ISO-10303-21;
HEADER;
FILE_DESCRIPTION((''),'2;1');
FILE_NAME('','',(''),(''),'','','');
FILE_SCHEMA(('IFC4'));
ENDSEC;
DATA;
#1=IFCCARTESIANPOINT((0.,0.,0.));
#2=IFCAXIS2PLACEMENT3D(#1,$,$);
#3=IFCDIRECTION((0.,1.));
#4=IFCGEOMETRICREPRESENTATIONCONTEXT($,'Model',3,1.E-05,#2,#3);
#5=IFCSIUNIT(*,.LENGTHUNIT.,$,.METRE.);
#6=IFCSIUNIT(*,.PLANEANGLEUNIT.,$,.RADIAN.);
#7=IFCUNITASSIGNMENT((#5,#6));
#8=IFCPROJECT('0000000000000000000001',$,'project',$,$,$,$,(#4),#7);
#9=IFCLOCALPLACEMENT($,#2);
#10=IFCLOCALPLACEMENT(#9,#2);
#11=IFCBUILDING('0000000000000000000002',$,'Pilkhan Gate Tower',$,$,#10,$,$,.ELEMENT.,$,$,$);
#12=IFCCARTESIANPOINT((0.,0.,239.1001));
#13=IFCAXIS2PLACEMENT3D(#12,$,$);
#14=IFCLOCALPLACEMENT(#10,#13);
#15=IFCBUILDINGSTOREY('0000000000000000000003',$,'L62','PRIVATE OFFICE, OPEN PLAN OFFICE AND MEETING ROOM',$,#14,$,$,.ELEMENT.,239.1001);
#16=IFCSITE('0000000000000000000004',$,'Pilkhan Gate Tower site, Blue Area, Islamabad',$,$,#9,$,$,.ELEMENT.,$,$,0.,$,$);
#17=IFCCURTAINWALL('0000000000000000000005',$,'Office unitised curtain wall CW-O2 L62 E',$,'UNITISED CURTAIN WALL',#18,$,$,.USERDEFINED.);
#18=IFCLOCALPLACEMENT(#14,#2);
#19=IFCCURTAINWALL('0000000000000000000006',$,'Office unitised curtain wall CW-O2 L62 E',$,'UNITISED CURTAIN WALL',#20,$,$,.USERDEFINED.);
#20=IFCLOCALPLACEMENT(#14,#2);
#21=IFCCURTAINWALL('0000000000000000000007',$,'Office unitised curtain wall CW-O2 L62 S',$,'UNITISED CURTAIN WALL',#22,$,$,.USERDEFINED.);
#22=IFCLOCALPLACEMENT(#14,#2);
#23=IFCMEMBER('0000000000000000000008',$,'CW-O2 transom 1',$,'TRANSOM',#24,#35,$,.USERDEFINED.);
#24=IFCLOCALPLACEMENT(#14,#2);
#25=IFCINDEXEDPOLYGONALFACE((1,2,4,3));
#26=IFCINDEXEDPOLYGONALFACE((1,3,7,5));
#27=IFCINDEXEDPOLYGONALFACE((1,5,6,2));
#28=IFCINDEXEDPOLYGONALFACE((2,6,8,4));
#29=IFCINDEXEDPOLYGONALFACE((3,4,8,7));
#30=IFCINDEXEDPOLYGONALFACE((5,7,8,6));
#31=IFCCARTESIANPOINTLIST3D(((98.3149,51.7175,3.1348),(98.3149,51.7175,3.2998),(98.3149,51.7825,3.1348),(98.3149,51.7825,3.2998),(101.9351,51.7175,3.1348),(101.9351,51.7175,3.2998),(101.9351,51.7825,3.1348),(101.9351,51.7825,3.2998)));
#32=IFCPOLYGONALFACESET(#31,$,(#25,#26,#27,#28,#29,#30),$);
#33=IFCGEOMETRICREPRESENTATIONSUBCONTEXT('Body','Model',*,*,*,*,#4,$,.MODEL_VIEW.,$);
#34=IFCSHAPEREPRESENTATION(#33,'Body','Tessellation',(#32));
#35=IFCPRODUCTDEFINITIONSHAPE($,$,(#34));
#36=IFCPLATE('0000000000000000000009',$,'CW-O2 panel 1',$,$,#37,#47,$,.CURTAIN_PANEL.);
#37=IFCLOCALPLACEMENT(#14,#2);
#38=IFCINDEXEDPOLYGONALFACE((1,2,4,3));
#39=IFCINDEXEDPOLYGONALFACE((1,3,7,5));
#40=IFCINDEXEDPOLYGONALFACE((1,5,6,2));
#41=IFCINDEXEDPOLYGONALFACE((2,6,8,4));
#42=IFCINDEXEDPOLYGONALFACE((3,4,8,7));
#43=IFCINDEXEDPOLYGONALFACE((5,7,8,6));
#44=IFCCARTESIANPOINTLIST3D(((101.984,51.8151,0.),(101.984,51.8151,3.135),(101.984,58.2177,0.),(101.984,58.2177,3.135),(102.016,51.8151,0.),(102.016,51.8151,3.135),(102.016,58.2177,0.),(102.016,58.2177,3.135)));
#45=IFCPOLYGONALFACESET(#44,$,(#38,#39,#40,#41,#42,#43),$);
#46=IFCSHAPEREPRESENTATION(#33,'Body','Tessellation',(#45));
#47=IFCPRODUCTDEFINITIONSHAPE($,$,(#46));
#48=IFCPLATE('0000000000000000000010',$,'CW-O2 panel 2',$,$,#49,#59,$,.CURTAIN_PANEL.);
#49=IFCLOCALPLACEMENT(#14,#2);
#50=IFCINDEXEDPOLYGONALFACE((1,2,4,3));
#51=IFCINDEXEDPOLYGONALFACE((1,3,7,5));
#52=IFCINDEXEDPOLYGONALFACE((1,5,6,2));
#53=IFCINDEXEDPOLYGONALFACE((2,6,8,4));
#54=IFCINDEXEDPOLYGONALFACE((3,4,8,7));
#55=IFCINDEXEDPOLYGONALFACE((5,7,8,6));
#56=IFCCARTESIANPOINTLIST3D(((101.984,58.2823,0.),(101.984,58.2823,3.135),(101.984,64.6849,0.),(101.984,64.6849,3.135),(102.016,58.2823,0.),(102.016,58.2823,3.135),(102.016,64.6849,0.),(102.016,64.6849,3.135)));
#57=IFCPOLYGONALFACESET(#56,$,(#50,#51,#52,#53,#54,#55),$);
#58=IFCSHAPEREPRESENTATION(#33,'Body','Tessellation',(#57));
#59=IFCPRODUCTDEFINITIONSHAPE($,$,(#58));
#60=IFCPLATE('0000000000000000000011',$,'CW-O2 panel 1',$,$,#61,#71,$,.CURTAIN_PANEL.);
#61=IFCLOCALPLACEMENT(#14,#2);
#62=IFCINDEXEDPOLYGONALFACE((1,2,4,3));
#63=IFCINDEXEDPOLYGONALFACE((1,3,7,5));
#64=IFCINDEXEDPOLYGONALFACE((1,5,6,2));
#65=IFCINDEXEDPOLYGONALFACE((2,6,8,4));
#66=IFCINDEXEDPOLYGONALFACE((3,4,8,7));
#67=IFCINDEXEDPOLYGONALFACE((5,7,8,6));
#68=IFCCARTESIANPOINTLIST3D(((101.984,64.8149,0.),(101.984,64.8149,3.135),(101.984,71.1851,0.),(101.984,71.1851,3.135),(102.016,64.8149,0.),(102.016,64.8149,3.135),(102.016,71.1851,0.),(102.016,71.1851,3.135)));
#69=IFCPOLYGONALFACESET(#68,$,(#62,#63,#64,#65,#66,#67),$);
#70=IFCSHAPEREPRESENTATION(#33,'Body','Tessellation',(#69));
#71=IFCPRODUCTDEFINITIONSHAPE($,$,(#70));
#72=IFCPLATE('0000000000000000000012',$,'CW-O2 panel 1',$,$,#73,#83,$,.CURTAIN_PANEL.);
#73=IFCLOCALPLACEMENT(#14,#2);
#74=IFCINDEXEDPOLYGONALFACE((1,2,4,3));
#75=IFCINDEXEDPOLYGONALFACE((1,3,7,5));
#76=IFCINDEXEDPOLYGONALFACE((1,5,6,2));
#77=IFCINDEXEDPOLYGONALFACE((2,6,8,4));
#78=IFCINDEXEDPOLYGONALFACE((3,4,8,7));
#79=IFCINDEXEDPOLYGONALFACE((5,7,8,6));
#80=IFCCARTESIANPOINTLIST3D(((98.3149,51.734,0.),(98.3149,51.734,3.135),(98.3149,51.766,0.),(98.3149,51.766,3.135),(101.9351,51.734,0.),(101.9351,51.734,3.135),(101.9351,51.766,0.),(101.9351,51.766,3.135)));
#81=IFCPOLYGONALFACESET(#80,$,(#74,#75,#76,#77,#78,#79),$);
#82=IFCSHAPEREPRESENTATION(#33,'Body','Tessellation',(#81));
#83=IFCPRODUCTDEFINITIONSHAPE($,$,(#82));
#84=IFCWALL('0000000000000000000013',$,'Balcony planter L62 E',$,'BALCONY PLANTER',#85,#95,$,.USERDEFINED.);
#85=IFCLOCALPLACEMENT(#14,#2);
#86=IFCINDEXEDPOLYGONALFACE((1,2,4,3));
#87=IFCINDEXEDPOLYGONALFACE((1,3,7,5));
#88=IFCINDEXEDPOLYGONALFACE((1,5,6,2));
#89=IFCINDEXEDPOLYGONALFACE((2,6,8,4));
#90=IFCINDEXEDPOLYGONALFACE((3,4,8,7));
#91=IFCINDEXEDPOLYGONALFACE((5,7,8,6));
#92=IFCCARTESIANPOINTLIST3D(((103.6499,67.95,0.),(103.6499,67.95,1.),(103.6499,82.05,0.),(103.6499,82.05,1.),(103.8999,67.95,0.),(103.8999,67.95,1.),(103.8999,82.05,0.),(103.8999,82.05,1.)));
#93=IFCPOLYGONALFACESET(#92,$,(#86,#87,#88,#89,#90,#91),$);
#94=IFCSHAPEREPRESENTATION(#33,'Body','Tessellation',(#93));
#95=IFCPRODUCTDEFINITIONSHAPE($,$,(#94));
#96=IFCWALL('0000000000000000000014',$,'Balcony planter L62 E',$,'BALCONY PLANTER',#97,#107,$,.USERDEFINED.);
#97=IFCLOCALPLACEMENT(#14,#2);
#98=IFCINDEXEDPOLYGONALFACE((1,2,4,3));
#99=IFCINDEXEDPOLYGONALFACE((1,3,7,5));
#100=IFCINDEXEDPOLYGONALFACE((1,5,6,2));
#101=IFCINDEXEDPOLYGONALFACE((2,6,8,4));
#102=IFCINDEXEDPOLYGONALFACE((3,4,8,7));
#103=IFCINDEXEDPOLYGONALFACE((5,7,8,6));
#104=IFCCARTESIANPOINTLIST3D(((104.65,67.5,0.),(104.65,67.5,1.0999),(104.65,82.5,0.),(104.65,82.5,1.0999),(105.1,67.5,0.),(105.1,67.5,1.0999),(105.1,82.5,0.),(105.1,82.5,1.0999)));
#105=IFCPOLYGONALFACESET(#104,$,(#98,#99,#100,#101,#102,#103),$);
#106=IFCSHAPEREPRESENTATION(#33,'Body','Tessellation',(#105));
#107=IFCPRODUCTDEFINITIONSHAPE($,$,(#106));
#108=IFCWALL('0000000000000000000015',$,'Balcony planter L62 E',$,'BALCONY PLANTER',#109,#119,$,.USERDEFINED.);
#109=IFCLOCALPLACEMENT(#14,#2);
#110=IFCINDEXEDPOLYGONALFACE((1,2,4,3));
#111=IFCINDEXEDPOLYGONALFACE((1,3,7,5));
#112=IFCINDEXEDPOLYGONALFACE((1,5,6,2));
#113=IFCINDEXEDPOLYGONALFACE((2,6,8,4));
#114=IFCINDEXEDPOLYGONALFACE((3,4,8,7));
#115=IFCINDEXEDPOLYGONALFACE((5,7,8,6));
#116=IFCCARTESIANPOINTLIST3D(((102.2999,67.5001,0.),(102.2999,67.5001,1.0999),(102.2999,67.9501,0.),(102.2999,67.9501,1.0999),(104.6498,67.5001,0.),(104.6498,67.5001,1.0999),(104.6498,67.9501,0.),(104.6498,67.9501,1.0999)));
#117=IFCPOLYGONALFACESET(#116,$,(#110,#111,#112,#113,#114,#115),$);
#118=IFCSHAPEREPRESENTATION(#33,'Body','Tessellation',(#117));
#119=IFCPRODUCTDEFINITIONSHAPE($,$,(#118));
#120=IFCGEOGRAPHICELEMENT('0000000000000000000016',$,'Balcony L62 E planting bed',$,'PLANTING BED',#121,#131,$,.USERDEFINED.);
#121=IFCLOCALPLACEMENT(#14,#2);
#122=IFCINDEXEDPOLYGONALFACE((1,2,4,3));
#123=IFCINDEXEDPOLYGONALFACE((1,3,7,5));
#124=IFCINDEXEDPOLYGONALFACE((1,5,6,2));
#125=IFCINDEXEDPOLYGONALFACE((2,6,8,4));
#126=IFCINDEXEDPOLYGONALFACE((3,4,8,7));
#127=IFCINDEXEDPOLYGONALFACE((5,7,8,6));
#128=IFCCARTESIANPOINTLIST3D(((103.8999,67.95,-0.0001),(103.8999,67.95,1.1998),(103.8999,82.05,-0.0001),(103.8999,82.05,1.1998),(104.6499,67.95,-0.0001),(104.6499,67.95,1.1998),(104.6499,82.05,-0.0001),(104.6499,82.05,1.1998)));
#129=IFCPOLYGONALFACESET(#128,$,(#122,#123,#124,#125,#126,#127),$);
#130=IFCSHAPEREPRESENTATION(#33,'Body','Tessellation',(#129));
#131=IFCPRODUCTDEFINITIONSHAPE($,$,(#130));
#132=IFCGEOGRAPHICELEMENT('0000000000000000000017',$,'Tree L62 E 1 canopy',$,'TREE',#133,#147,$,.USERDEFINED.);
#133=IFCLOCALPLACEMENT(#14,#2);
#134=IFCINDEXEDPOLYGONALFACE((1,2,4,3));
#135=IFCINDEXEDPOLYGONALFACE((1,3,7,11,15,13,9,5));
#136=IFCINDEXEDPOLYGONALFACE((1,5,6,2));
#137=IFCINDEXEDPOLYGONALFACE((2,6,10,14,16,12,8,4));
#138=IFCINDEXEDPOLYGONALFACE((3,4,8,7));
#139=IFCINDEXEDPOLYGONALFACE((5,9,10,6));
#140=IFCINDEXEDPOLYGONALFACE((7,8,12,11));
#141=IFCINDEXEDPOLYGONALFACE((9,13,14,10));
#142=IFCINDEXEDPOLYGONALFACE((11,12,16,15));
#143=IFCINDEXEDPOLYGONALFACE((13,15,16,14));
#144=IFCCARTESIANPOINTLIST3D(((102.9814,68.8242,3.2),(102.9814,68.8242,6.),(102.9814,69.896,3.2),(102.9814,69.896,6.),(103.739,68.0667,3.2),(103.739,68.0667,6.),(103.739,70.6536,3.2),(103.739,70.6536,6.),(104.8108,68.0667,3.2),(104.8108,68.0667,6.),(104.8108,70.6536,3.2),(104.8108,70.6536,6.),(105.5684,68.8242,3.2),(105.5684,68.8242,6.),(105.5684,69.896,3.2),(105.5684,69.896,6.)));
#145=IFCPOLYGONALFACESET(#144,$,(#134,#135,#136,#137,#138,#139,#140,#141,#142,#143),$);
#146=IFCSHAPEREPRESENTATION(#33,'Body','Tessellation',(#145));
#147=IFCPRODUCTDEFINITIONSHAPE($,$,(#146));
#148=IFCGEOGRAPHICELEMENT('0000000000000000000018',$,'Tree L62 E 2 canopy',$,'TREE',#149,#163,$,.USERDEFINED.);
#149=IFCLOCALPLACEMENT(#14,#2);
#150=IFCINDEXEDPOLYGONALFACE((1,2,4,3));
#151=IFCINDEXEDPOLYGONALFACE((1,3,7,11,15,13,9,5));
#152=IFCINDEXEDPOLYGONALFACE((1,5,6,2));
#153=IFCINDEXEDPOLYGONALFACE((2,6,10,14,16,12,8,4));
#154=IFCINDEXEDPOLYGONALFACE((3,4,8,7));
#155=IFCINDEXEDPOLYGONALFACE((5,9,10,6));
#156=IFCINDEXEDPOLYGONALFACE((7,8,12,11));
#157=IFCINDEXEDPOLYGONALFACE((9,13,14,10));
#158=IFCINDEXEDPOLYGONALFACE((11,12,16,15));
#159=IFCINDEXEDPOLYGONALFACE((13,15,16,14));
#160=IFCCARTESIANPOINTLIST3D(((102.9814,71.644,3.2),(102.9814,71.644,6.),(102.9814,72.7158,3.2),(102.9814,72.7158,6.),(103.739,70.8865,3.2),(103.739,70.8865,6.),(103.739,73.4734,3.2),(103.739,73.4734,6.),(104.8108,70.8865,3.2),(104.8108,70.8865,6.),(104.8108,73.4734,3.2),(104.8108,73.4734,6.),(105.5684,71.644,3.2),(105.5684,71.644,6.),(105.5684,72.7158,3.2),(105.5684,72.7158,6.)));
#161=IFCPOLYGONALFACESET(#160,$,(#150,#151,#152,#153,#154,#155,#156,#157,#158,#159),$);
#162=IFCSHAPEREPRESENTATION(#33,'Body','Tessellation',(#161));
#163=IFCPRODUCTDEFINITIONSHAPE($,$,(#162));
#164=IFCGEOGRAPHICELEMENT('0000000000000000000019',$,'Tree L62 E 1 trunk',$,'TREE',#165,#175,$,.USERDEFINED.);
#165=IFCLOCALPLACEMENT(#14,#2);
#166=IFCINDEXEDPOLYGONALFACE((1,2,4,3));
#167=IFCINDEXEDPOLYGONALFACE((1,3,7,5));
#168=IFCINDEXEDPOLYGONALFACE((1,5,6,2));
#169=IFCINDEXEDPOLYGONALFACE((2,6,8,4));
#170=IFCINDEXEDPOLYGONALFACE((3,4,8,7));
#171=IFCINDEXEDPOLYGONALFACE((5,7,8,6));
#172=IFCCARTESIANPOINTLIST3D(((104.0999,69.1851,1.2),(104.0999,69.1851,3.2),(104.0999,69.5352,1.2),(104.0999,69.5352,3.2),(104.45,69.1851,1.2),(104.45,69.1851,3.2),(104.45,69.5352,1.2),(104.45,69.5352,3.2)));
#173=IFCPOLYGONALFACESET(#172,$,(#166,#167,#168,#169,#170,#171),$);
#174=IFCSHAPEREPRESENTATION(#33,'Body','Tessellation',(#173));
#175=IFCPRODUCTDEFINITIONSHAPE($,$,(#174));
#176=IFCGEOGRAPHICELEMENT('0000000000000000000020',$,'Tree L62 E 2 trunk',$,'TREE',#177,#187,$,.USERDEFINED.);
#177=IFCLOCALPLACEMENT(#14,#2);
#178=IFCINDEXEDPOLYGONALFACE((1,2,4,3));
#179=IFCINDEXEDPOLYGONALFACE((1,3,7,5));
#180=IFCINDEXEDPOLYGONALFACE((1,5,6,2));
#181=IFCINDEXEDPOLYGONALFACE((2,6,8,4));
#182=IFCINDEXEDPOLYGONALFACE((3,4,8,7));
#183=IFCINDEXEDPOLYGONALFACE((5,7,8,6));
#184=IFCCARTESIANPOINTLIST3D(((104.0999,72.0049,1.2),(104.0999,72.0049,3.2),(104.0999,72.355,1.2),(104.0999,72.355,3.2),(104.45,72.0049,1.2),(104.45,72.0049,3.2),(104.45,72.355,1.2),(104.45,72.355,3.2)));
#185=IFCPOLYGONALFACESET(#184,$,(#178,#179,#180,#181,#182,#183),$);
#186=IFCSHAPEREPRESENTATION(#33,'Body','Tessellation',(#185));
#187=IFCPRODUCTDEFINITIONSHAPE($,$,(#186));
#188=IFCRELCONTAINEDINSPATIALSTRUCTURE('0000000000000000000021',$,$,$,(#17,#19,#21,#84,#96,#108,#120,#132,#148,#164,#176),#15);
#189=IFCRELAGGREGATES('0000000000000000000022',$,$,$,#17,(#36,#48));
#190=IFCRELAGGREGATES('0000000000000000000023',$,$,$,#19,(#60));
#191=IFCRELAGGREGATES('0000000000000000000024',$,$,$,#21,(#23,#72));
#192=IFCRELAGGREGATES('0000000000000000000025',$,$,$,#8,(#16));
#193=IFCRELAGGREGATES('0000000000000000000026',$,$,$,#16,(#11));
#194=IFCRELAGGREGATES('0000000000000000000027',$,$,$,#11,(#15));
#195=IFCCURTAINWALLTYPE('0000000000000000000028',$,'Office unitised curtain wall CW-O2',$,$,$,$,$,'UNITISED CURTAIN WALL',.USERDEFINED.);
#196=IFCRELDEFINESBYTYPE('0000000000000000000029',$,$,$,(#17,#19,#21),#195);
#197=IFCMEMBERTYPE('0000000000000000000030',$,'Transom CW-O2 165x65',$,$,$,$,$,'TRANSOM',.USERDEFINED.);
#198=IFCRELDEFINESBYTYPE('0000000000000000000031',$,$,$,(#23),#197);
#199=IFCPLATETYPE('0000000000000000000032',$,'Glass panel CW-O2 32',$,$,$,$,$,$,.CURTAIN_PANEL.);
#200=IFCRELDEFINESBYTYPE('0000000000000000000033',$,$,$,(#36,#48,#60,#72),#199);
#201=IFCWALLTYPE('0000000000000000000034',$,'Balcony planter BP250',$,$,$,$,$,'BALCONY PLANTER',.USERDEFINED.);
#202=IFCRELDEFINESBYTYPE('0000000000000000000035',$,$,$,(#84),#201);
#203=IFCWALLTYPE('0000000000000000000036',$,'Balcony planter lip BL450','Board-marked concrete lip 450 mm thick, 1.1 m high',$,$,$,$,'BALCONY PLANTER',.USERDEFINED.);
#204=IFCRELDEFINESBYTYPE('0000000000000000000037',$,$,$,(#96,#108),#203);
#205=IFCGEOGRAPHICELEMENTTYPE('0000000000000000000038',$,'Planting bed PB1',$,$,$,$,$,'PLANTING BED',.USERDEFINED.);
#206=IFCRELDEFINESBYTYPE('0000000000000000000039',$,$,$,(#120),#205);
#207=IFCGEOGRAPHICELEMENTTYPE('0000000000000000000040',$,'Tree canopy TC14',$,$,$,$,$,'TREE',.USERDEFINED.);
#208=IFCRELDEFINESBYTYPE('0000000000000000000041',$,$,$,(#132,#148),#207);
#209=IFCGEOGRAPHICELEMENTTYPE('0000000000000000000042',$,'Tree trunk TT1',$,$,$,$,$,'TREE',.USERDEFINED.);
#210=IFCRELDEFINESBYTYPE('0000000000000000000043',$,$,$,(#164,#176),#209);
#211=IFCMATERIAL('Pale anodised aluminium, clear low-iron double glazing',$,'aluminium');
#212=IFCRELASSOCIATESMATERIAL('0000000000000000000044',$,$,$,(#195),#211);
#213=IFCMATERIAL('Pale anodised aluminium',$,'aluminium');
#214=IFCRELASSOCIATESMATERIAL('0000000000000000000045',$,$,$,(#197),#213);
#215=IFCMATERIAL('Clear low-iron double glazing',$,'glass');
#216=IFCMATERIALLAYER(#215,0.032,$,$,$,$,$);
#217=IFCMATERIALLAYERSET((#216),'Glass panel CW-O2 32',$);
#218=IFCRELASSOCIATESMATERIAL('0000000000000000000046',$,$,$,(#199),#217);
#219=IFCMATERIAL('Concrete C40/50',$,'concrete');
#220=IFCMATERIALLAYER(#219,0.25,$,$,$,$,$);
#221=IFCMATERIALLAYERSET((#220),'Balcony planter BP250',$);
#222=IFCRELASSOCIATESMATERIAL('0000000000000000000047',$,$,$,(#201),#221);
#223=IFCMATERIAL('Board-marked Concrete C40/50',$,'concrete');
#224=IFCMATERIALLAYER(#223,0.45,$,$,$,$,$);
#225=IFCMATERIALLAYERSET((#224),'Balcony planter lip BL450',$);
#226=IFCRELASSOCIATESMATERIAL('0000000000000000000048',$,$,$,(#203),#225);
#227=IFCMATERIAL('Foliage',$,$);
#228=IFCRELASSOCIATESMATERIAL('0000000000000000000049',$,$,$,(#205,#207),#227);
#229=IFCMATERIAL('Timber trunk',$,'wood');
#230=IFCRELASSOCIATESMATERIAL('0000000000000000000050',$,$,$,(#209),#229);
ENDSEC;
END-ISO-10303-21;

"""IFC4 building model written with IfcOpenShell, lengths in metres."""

from ifc_helpers import new_model, si_unit, direction, frame, frame_2d, origin, origin_2d, place, context, subcontext, project, spatial, polyline, rectangle, outline, extrude, material, layer, layer_set, material_profile, profile_set, type_object, element, aggregate, save


model = new_model("IFC4")

# Units and contexts
model_context = context("Model", 3, precision=1e-05, world=origin(), true_north=direction((0.0, 1.0)))
body_context = subcontext(model_context, "Body", "Model", "MODEL_VIEW")
ifc_project = project(units=[si_unit("LENGTHUNIT", "METRE"), si_unit("PLANEANGLEUNIT", "RADIAN")], contexts=[model_context])

# Site, building, storey
site_placement = place(None, origin())
site = spatial("IfcSite", under=ifc_project, at=site_placement, Name="Pilkhan Gate Tower site, Blue Area, Islamabad", CompositionType="ELEMENT", RefElevation=0.0)
building_placement = place(site_placement, origin())
building = spatial("IfcBuilding", under=site, at=building_placement, Name="Pilkhan Gate Tower", CompositionType="ELEMENT")
storey_placement = place(building_placement, frame((0.0, 0.0, 239.1001)))
storey = spatial("IfcBuildingStorey", under=building, at=storey_placement, Name="L62", Description="PRIVATE OFFICE, OPEN PLAN OFFICE AND MEETING ROOM", CompositionType="ELEMENT", Elevation=239.1001)

# Curtain walls
ifc_material_1 = material(Name="Pale anodised aluminium, clear low-iron double glazing", Category="aluminium")
curtain_wall_type = type_object("IfcCurtainWallType", Name="Office unitised curtain wall CW-O2", ElementType="UNITISED CURTAIN WALL", PredefinedType="USERDEFINED", material=ifc_material_1)
curtain_wall_1_placement = place(storey_placement, origin())
curtain_wall_1 = element("IfcCurtainWall", 1, at=curtain_wall_1_placement, inside=storey, type_object=curtain_wall_type, Name="Office unitised curtain wall CW-O2 L62 E", ObjectType="UNITISED CURTAIN WALL", PredefinedType="USERDEFINED")
ifc_material_2 = material(Name="Pale anodised aluminium", Category="aluminium")
curtain_wall_2_placement = place(storey_placement, origin())
curtain_wall_2 = element("IfcCurtainWall", 2, at=curtain_wall_2_placement, inside=storey, type_object=curtain_wall_type, Name="Office unitised curtain wall CW-O2 L62 E", ObjectType="UNITISED CURTAIN WALL", PredefinedType="USERDEFINED")

# Curtain wall
curtain_wall_3_placement = place(storey_placement, origin())
curtain_wall_3 = element("IfcCurtainWall", 3, at=curtain_wall_3_placement, inside=storey, type_object=curtain_wall_type, Name="Office unitised curtain wall CW-O2 L62 S", ObjectType="UNITISED CURTAIN WALL", PredefinedType="USERDEFINED")

# Member
ifc_material_profile_1 = material_profile(ifc_material_2, rectangle(XDim=0.0649, YDim=0.165, at=origin_2d()), Name="Transom 165x65")
ifc_profile_set_1 = profile_set([ifc_material_profile_1], Name="Pale anodised aluminium")
member_type_1 = type_object("IfcMemberType", Name="Transom CW-O2 165x65", ElementType="TRANSOM", PredefinedType="USERDEFINED", material=ifc_profile_set_1)
member_1_placement = place(storey_placement, frame((98.3149, 51.75, 3.2173), z_axis=(1.0, 0.0, 0.0), x_axis=(0.0, 1.0, 0.0)))
member_1 = element("IfcMember", 4, at=member_1_placement, type_object=member_type_1, Name="CW-O2 transom 1", ObjectType="TRANSOM", PredefinedType="USERDEFINED", context=body_context, shape_type="SweptSolid", body=[
    extrude(rectangle(XDim=0.0649, YDim=0.165, at=origin_2d()), origin(), (0.0, 0.0, 1.0), 3.6201),
])

# Plates
ifc_material_3 = material(Name="Clear low-iron double glazing", Category="glass")
ifc_layer_1 = layer(ifc_material_3, 0.032)
ifc_layer_set_1 = layer_set([ifc_layer_1], Name="Glass panel CW-O2 32")
plate_type = type_object("IfcPlateType", Name="Glass panel CW-O2 32", PredefinedType="CURTAIN_PANEL", material=ifc_layer_set_1)
plate_1_placement = place(storey_placement, frame((102.0, 55.0164, 0.0), z_axis=(0.0, 0.0, 1.0), x_axis=(0.0, 1.0, 0.0)))
plate_1 = element("IfcPlate", 5, at=plate_1_placement, type_object=plate_type, Name="CW-O2 panel 1", PredefinedType="CURTAIN_PANEL", context=body_context, shape_type="SweptSolid", body=[
    extrude(rectangle(XDim=6.4026, YDim=0.032, at=origin_2d()), origin(), (0.0, 0.0, 1.0), 3.135),
])
plate_2_placement = place(storey_placement, frame((102.0, 61.4836, 0.0), z_axis=(0.0, 0.0, 1.0), x_axis=(0.0, 1.0, 0.0)))
plate_2 = element("IfcPlate", 6, at=plate_2_placement, type_object=plate_type, Name="CW-O2 panel 2", PredefinedType="CURTAIN_PANEL", context=body_context, shape_type="SweptSolid", body=[
    extrude(rectangle(XDim=6.4026, YDim=0.032, at=origin_2d()), origin(), (0.0, 0.0, 1.0), 3.135),
])
aggregate(curtain_wall_1, [plate_1, plate_2])
plate_3_placement = place(storey_placement, frame((102.0, 68.0, 0.0), z_axis=(0.0, 0.0, 1.0), x_axis=(0.0, 1.0, 0.0)))
plate_3 = element("IfcPlate", 7, at=plate_3_placement, type_object=plate_type, Name="CW-O2 panel 1", PredefinedType="CURTAIN_PANEL", context=body_context, shape_type="SweptSolid", body=[
    extrude(rectangle(XDim=6.3701, YDim=0.032, at=origin_2d()), origin(), (0.0, 0.0, 1.0), 3.135),
])
aggregate(curtain_wall_2, [plate_3])
plate_4_placement = place(storey_placement, frame((100.125, 51.75, 0.0), z_axis=(0.0, 0.0, 1.0), x_axis=(1.0, 0.0, 0.0)))
plate_4 = element("IfcPlate", 8, at=plate_4_placement, type_object=plate_type, Name="CW-O2 panel 1", PredefinedType="CURTAIN_PANEL", context=body_context, shape_type="SweptSolid", body=[
    extrude(rectangle(XDim=3.6201, YDim=0.032, at=origin_2d()), origin(), (0.0, 0.0, 1.0), 3.135),
])
aggregate(curtain_wall_3, [member_1, plate_4])

# Walls
ifc_material_4 = material(Name="Concrete C40/50", Category="concrete")
ifc_layer_2 = layer(ifc_material_4, 0.25)
ifc_layer_set_2 = layer_set([ifc_layer_2], Name="Balcony planter BP250")
wall_type_1 = type_object("IfcWallType", Name="Balcony planter BP250", ElementType="BALCONY PLANTER", PredefinedType="USERDEFINED", material=ifc_layer_set_2)
wall_1_placement = place(storey_placement, frame((103.7749, 67.95, 0.0), z_axis=(0.0, 0.0, 1.0), x_axis=(0.0, 1.0, 0.0)))
element("IfcWall", 9, at=wall_1_placement, inside=storey, type_object=wall_type_1, Name="Balcony planter L62 E", ObjectType="BALCONY PLANTER", PredefinedType="USERDEFINED", context=body_context, shape_type="SweptSolid", body=[
    extrude(rectangle(XDim=14.1001, YDim=0.25, at=frame_2d((7.05, 0.0))), origin(), (0.0, 0.0, 1.0), 1.0),
])
ifc_material_5 = material(Name="Board-marked Concrete C40/50", Category="concrete")
ifc_layer_3 = layer(ifc_material_5, 0.45)
ifc_layer_set_3 = layer_set([ifc_layer_3], Name="Balcony planter lip BL450")
wall_type_2 = type_object("IfcWallType", Name="Balcony planter lip BL450", Description="Board-marked concrete lip 450 mm thick, 1.1 m high", ElementType="BALCONY PLANTER", PredefinedType="USERDEFINED", material=ifc_layer_set_3)
wall_2_placement = place(storey_placement, frame((104.875, 67.5, 0.0), z_axis=(0.0, 0.0, 1.0), x_axis=(0.0, 1.0, 0.0)))
element("IfcWall", 10, at=wall_2_placement, inside=storey, type_object=wall_type_2, Name="Balcony planter L62 E", ObjectType="BALCONY PLANTER", PredefinedType="USERDEFINED", context=body_context, shape_type="SweptSolid", body=[
    extrude(rectangle(XDim=15.0, YDim=0.45, at=frame_2d((7.5, 0.0))), origin(), (0.0, 0.0, 1.0), 1.0999),
])
wall_3_placement = place(storey_placement, frame((102.3, 67.7251, 0.0), z_axis=(0.0, 0.0, 1.0), x_axis=(1.0, 0.0, 0.0)))
element("IfcWall", 11, at=wall_3_placement, inside=storey, type_object=wall_type_2, Name="Balcony planter L62 E", ObjectType="BALCONY PLANTER", PredefinedType="USERDEFINED", context=body_context, shape_type="SweptSolid", body=[
    extrude(rectangle(XDim=2.3499, YDim=0.45, at=frame_2d((1.1748, 0.0))), origin(), (0.0, 0.0, 1.0), 1.0999),
])

# Geographic elements
ifc_material_6 = material(Name="Foliage")
ifc_material_profile_2 = material_profile(ifc_material_6, rectangle(XDim=0.75, YDim=1.2, at=origin_2d()), Name="Bed 750x1200")
ifc_profile_set_2 = profile_set([ifc_material_profile_2], Name="Foliage")
geographic_element_type_1 = type_object("IfcGeographicElementType", Name="Planting bed PB1", ElementType="PLANTING BED", PredefinedType="USERDEFINED", material=ifc_profile_set_2)
geographic_element_placement = place(storey_placement, frame((104.2749, 67.95, 0.5999), z_axis=(0.0, 1.0, 0.0), x_axis=(-1.0, 0.0, 0.0)))
element("IfcGeographicElement", 12, at=geographic_element_placement, inside=storey, type_object=geographic_element_type_1, Name="Balcony L62 E planting bed", ObjectType="PLANTING BED", PredefinedType="USERDEFINED", context=body_context, shape_type="SweptSolid", body=[
    extrude(rectangle(XDim=0.75, YDim=1.2, at=origin_2d()), origin(), (0.0, 0.0, 1.0), 14.1001),
])
ifc_material_profile_3 = material_profile(ifc_material_6, outline(polyline([(1.2935, 0.5359), (0.5359, 1.2935), (-0.5359, 1.2935), (-1.2935, 0.5359), (-1.2935, -0.5359), (-0.5359, -1.2935), (0.5359, -1.2935), (1.2935, -0.5359), (1.2935, 0.5359)])), Name="Canopy D2.8")
ifc_profile_set_3 = profile_set([ifc_material_profile_3], Name="Foliage")
geographic_element_type_2 = type_object("IfcGeographicElementType", Name="Tree canopy TC14", ElementType="TREE", PredefinedType="USERDEFINED", material=ifc_profile_set_3)
for number, where, z_axis, x_axis, name in (
    (13, (104.2749, 69.3601, 3.2), (0.0, 0.0, 1.0), (1.0, 0.0, 0.0), "Tree L62 E 1 canopy"),
    (14, (104.2749, 72.1799, 3.2), (0.0, 0.0, 1.0), (1.0, 0.0, 0.0), "Tree L62 E 2 canopy"),
):
    element("IfcGeographicElement", number, at=place(storey_placement, frame(where, z_axis=z_axis, x_axis=x_axis)), inside=storey, type_object=geographic_element_type_2, Name=name, ObjectType="TREE", PredefinedType="USERDEFINED", context=body_context, shape_type="SweptSolid", body=[
        extrude(outline(polyline([(1.2935, 0.5359), (0.5359, 1.2935), (-0.5359, 1.2935), (-1.2935, 0.5359), (-1.2935, -0.5359), (-0.5359, -1.2935), (0.5359, -1.2935), (1.2935, -0.5359), (1.2935, 0.5359)])), origin(), (0.0, 0.0, 1.0), 2.8),
    ])
ifc_material_7 = material(Name="Timber trunk", Category="wood")
geographic_element_type_3 = type_object("IfcGeographicElementType", Name="Tree trunk TT1", ElementType="TREE", PredefinedType="USERDEFINED", material=ifc_material_7)
for number, where, z_axis, x_axis, name in (
    (15, (104.2749, 69.3601, 1.2), (0.0, 0.0, 1.0), (1.0, 0.0, 0.0), "Tree L62 E 1 trunk"),
    (16, (104.2749, 72.1799, 1.2), (0.0, 0.0, 1.0), (1.0, 0.0, 0.0), "Tree L62 E 2 trunk"),
):
    element("IfcGeographicElement", number, at=place(storey_placement, frame(where, z_axis=z_axis, x_axis=x_axis)), inside=storey, type_object=geographic_element_type_3, Name=name, ObjectType="TREE", PredefinedType="USERDEFINED", context=body_context, shape_type="SweptSolid", body=[
        extrude(rectangle(XDim=0.3501, YDim=0.3501, at=origin_2d()), origin(), (0.0, 0.0, 1.0), 2.0),
    ])

save(model, "model.ifc")
